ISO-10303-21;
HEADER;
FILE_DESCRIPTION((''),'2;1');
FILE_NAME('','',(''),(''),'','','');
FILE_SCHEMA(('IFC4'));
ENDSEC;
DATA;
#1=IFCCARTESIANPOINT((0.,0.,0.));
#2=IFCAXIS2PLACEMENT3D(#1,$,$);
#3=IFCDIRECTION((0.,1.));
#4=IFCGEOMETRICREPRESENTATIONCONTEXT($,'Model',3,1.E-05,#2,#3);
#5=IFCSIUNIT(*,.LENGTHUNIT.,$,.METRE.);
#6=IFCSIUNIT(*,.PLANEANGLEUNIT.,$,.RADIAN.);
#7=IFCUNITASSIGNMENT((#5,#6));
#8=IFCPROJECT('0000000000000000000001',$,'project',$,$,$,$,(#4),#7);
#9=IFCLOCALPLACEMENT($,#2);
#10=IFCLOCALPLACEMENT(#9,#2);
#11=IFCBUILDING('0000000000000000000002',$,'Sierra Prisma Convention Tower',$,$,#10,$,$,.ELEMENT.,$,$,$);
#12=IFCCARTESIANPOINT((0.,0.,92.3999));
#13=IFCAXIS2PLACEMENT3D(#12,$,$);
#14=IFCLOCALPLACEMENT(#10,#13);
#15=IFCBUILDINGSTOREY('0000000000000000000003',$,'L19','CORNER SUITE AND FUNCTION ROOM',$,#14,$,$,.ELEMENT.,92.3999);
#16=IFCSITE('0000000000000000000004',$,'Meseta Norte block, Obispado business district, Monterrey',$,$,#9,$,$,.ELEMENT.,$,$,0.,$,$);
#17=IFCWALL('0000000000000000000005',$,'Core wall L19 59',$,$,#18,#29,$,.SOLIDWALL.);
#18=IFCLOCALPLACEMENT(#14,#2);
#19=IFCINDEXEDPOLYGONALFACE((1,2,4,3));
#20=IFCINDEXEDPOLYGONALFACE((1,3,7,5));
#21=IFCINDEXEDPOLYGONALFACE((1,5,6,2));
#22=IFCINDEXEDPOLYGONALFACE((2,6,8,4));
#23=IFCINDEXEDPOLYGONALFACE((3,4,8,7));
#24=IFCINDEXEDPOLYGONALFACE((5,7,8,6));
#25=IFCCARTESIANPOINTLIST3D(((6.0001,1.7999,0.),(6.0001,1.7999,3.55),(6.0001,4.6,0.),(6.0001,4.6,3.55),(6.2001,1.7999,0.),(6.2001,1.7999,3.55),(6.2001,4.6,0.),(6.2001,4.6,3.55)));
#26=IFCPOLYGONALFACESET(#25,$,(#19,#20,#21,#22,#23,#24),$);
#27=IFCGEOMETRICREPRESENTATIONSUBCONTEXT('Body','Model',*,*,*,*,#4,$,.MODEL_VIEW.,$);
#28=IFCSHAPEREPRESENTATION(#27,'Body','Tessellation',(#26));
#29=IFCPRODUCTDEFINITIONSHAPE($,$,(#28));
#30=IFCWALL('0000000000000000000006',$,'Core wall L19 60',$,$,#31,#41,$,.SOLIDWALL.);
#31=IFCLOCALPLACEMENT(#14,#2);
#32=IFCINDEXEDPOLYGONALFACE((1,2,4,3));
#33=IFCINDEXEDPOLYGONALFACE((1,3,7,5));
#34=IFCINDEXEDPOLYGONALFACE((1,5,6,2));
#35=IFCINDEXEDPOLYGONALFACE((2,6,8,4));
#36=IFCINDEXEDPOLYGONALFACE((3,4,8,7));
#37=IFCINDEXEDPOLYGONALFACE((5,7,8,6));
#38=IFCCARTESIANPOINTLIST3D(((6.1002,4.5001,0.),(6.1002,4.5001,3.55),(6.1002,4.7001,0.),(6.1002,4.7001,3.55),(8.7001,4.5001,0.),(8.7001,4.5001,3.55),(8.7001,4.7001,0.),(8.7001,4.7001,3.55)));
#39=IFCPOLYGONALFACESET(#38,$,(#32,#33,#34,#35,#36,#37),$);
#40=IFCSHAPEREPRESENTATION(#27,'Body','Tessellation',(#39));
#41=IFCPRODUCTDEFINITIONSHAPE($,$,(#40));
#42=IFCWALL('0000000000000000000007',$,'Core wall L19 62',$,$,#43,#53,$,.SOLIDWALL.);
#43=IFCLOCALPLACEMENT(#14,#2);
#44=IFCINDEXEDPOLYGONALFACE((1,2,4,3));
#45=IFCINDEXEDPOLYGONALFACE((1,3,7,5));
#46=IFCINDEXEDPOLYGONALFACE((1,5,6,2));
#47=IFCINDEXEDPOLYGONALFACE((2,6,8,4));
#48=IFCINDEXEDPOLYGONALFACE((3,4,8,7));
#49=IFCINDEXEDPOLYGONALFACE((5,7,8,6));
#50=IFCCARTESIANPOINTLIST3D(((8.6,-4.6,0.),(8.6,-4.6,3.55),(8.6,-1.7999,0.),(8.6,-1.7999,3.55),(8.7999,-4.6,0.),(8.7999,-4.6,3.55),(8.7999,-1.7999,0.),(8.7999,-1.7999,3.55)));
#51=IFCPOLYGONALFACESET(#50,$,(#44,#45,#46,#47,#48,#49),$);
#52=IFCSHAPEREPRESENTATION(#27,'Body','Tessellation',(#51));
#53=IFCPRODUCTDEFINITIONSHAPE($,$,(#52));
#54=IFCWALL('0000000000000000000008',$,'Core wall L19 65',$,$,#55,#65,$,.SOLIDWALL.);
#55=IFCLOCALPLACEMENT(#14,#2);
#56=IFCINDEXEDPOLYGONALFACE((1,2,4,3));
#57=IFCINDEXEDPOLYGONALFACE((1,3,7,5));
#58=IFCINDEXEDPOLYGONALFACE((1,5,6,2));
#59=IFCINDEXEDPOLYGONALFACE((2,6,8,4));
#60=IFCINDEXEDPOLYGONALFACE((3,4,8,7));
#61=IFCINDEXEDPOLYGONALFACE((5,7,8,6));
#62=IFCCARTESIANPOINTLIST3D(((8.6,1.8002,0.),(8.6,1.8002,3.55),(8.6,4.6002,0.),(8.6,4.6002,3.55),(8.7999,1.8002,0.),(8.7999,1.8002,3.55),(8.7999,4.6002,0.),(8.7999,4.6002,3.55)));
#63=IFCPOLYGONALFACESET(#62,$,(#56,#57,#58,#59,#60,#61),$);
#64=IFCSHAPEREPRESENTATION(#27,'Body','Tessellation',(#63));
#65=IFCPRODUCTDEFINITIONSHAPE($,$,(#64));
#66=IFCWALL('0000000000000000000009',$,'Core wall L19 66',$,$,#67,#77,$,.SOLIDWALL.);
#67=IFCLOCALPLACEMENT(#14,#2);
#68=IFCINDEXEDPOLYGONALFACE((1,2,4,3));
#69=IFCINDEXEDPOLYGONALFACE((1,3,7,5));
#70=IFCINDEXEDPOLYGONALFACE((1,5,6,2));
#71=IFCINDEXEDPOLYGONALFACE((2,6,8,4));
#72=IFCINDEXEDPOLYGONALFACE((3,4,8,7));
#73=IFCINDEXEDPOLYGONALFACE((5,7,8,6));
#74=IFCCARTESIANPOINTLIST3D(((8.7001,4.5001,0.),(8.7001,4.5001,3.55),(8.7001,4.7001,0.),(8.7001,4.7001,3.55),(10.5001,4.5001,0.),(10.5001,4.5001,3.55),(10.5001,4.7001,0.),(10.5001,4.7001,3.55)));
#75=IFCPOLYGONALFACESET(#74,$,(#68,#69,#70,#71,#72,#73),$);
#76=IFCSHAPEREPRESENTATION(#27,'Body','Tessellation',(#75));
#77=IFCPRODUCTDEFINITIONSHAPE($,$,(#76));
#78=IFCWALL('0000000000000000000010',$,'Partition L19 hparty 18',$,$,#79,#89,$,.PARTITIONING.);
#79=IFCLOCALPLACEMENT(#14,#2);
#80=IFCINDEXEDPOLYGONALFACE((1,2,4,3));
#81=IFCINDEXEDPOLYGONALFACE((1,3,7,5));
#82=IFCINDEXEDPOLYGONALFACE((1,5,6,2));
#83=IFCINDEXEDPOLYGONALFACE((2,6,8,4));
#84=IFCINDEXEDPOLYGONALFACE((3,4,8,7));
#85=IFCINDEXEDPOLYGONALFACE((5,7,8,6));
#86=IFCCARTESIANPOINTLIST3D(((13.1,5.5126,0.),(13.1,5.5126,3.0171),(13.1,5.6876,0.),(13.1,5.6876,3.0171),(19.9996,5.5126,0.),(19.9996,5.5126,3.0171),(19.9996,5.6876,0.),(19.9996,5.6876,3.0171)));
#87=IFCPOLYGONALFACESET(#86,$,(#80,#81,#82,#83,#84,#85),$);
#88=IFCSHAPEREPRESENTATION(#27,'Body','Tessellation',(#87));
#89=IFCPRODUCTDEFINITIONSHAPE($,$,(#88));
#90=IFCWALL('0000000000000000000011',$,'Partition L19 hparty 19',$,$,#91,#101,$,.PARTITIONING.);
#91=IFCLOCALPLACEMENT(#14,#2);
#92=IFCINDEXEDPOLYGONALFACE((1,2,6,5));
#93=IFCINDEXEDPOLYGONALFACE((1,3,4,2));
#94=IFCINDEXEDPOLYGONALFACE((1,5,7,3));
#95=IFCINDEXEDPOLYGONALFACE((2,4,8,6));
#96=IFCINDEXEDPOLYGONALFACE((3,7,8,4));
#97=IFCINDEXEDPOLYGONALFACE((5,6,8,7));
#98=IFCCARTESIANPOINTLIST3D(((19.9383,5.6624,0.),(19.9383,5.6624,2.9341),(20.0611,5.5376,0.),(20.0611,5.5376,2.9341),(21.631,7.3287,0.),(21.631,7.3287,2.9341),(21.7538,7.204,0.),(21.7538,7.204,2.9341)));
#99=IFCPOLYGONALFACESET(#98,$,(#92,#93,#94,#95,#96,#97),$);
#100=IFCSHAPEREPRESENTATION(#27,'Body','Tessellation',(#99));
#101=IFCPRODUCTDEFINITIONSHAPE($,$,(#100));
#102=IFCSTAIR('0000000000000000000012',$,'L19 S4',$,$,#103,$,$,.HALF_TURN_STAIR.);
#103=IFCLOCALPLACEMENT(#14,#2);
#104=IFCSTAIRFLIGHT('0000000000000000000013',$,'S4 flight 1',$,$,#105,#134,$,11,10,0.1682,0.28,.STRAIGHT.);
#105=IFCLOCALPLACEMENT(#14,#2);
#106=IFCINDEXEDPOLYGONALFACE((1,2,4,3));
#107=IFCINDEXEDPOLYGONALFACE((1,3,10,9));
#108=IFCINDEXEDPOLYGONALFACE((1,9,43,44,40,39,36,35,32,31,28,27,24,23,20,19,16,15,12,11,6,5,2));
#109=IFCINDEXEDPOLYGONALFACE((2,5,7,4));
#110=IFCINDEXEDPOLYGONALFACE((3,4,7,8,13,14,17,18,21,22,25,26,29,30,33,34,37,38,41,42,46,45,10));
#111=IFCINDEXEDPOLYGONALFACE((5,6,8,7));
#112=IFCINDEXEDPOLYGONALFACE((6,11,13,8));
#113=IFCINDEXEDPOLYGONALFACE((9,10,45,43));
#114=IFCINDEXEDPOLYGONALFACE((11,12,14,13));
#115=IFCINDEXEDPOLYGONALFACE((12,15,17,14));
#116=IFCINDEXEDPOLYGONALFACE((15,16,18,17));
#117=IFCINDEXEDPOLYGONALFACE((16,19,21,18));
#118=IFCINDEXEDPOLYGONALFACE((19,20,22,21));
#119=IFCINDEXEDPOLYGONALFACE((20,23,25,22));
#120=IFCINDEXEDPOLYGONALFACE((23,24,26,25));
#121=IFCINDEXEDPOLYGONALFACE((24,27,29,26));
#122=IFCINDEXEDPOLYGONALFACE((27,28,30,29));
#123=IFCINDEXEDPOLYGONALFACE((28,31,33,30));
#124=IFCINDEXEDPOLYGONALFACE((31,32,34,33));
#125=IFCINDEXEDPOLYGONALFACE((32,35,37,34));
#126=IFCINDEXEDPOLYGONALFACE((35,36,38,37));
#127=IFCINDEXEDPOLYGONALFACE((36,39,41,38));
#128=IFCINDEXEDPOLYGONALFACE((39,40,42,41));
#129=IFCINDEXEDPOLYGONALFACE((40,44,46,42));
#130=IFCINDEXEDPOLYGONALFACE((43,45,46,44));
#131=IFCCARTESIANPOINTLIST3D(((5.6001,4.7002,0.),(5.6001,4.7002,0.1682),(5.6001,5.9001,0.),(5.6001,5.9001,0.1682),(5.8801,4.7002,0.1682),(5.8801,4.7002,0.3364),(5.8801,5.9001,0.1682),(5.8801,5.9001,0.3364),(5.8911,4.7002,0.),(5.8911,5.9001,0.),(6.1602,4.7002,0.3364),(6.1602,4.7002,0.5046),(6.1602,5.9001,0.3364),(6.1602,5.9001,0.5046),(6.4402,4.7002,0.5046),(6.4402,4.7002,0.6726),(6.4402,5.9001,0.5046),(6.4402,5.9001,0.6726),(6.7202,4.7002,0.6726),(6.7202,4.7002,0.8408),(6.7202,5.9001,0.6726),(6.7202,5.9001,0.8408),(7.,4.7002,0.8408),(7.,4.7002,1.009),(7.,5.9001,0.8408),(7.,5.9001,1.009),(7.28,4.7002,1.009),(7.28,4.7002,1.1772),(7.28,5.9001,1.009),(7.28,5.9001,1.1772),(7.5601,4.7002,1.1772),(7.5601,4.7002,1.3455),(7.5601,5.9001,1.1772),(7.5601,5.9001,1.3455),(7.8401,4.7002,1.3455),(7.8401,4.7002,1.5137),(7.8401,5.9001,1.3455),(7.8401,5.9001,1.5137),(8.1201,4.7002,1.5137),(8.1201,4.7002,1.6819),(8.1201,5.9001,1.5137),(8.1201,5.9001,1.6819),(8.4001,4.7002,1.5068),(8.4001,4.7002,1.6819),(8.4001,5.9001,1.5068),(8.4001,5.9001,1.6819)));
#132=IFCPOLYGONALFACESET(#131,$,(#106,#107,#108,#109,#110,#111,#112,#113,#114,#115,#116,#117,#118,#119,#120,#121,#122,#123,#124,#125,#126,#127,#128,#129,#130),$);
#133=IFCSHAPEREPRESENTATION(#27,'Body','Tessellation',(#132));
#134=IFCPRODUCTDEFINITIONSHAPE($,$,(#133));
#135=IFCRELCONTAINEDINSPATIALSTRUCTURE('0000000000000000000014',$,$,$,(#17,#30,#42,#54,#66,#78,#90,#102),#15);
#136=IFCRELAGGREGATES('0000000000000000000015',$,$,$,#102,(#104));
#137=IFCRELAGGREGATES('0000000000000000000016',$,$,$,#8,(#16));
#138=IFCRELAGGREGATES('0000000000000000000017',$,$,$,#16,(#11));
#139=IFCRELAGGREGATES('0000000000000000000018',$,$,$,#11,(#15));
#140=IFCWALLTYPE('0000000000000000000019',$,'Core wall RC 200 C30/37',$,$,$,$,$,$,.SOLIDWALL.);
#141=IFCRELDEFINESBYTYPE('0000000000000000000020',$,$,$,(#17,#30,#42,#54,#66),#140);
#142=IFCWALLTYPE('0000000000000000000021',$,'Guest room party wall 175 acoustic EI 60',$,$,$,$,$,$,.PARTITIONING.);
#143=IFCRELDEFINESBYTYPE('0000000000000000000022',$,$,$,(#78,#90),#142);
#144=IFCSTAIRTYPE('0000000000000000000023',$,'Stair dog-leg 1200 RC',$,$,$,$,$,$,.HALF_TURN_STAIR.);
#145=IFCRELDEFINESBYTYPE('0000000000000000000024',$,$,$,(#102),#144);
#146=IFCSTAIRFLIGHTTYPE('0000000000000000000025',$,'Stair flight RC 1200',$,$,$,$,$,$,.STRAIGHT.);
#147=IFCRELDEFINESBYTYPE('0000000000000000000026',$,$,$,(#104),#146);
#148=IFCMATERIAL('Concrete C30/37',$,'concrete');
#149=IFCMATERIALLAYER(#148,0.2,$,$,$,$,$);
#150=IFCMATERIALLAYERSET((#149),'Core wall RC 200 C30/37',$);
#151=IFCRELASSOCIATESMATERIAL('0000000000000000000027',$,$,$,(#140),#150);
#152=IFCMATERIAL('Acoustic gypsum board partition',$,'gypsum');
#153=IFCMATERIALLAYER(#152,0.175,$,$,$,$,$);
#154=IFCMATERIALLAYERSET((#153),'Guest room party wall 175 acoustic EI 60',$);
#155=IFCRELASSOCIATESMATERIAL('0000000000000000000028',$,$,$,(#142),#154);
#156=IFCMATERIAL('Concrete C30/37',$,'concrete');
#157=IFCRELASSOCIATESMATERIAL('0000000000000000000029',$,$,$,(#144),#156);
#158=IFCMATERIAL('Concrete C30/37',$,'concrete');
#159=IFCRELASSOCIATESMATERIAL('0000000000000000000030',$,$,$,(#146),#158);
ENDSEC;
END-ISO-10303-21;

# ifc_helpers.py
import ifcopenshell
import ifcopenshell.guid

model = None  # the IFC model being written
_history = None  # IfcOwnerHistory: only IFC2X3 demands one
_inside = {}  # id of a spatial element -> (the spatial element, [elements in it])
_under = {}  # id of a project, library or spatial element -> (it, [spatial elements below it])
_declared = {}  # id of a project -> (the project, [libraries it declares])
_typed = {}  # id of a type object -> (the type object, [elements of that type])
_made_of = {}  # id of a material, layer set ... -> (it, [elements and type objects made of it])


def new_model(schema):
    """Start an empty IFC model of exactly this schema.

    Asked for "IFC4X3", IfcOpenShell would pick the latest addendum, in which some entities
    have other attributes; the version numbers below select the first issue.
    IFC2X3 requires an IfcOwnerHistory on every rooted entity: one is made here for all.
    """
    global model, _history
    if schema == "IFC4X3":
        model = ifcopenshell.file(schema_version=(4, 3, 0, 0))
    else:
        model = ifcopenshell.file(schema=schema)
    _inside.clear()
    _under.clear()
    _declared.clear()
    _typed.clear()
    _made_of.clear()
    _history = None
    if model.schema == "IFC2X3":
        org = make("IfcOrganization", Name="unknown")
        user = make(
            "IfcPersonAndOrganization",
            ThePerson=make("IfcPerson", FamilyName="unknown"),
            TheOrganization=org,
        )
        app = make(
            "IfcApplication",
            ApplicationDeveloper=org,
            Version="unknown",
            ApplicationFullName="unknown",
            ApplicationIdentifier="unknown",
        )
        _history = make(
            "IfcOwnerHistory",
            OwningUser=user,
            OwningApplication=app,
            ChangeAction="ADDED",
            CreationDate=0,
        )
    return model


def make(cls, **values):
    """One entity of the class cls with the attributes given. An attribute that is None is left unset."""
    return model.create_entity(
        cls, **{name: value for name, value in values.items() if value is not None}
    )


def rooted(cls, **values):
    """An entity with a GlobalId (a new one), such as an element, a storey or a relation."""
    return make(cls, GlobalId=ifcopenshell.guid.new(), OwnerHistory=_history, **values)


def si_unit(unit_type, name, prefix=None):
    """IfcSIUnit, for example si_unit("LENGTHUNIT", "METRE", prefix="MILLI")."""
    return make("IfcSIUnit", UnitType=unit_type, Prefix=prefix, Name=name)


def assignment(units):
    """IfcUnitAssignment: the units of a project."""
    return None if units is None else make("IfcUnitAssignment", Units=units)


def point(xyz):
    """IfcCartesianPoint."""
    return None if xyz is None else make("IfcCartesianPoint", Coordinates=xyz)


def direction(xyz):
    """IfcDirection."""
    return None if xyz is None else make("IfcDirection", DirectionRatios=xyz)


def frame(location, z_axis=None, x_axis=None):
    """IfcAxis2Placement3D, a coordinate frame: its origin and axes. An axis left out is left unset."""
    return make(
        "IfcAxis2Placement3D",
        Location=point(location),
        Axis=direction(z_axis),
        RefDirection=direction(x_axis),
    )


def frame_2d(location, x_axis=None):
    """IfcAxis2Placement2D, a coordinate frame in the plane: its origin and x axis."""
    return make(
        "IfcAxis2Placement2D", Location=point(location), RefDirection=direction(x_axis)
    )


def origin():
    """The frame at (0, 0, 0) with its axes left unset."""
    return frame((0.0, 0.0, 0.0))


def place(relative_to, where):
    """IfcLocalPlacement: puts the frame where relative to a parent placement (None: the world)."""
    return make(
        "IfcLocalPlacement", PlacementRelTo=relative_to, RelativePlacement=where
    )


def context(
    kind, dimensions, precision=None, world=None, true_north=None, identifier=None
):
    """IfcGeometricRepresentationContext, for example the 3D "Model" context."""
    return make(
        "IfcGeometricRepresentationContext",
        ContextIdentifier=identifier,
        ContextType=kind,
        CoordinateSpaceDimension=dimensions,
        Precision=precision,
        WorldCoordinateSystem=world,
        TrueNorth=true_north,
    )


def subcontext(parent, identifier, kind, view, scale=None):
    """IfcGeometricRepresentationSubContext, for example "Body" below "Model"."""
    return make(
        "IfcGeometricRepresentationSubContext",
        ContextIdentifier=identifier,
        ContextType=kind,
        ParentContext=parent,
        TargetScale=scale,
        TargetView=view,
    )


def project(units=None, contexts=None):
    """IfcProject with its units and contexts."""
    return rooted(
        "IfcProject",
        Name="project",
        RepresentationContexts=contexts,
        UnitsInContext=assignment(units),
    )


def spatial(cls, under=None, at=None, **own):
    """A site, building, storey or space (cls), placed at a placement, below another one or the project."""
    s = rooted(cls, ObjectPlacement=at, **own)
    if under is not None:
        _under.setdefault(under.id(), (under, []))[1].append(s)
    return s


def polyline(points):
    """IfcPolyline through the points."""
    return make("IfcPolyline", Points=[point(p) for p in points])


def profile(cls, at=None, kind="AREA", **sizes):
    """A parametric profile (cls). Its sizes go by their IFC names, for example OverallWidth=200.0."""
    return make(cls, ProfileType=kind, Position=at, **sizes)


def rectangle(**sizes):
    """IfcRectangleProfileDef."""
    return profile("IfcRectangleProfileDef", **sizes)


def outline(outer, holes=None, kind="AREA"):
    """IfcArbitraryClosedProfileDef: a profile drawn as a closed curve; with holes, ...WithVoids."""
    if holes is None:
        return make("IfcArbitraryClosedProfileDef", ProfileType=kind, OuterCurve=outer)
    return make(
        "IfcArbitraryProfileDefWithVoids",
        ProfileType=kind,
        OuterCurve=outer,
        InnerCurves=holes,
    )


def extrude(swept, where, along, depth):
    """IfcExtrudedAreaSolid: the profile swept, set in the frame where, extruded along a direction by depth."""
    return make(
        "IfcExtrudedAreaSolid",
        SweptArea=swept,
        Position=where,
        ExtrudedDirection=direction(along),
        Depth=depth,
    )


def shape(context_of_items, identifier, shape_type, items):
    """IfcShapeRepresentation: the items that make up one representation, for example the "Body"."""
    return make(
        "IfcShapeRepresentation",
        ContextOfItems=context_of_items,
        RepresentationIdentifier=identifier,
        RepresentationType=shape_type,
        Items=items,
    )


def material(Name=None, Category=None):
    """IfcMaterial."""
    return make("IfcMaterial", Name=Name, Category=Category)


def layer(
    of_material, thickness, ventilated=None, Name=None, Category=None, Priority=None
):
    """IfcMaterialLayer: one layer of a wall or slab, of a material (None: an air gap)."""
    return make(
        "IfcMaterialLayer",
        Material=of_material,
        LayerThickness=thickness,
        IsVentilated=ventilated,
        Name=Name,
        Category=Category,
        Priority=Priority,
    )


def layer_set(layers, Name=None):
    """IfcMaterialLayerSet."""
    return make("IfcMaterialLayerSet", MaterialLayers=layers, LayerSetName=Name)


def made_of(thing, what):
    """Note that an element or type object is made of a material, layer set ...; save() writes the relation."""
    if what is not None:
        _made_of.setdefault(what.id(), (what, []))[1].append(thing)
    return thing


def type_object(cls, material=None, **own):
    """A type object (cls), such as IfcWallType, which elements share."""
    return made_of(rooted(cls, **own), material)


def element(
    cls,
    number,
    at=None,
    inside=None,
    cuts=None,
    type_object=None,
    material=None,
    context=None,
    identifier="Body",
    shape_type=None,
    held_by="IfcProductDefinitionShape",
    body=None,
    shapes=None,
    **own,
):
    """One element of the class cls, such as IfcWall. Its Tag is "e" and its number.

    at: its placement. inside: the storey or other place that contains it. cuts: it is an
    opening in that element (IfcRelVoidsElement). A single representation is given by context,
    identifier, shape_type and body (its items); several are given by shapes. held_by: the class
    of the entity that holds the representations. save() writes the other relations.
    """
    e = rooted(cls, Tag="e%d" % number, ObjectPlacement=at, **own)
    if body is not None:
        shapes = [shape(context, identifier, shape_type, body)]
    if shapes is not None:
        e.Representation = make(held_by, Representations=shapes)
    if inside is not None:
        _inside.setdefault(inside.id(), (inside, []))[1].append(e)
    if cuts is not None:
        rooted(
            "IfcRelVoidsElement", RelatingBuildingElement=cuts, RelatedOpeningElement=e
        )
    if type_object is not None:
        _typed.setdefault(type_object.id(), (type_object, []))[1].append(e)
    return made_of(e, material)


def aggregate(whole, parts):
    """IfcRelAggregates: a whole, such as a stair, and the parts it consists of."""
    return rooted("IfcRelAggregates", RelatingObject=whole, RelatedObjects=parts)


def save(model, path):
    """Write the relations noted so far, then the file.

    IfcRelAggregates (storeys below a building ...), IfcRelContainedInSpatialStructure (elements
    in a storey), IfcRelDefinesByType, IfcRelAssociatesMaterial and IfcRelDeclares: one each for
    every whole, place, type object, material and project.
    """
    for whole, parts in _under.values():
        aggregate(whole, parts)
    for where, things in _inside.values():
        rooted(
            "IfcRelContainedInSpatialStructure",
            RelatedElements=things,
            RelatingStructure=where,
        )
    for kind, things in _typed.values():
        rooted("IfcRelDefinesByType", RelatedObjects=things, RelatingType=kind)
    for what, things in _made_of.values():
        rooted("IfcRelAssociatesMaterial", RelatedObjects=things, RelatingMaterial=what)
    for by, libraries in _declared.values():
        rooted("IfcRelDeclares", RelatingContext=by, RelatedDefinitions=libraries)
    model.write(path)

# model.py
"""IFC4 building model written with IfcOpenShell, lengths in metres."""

from ifc_helpers import new_model, si_unit, direction, frame, frame_2d, origin, place, context, subcontext, project, spatial, polyline, rectangle, outline, extrude, material, layer, layer_set, type_object, element, aggregate, save


model = new_model("IFC4")

# Units and contexts
model_context = context("Model", 3, precision=1e-05, world=origin(), true_north=direction((0.0, 1.0)))
body_context = subcontext(model_context, "Body", "Model", "MODEL_VIEW")
ifc_project = project(units=[si_unit("LENGTHUNIT", "METRE"), si_unit("PLANEANGLEUNIT", "RADIAN")], contexts=[model_context])

# Site, building, storey
site_placement = place(None, origin())
site = spatial("IfcSite", under=ifc_project, at=site_placement, Name="Meseta Norte block, Obispado business district, Monterrey", CompositionType="ELEMENT", RefElevation=0.0)
building_placement = place(site_placement, origin())
building = spatial("IfcBuilding", under=site, at=building_placement, Name="Sierra Prisma Convention Tower", CompositionType="ELEMENT")
storey_placement = place(building_placement, frame((0.0, 0.0, 92.3999)))
storey = spatial("IfcBuildingStorey", under=building, at=storey_placement, Name="L19", Description="CORNER SUITE AND FUNCTION ROOM", CompositionType="ELEMENT", Elevation=92.3999)

# Shared definitions
ifc_material_1 = material(Name="Concrete C30/37", Category="concrete")
ifc_layer_1 = layer(ifc_material_1, 0.2)
ifc_layer_set_1 = layer_set([ifc_layer_1], Name="Core wall RC 200 C30/37")
wall_type_1 = type_object("IfcWallType", Name="Core wall RC 200 C30/37", PredefinedType="SOLIDWALL", material=ifc_layer_set_1)

# Walls
wall_1_placement = place(storey_placement, frame((6.1001, 1.8, 0.0), z_axis=(0.0, 0.0, 1.0), x_axis=(0.0, 1.0, 0.0)))
element("IfcWall", 1, at=wall_1_placement, inside=storey, type_object=wall_type_1, Name="Core wall L19 59", PredefinedType="SOLIDWALL", context=body_context, shape_type="SweptSolid", body=[
    extrude(rectangle(XDim=2.8, YDim=0.2, at=frame_2d((1.3999, 0.0))), origin(), (0.0, 0.0, 1.0), 3.55),
])
wall_2_placement = place(storey_placement, frame((8.7, 4.6001, 0.0), z_axis=(0.0, 0.0, 1.0), x_axis=(-1.0, 0.0, 0.0)))
element("IfcWall", 2, at=wall_2_placement, inside=storey, type_object=wall_type_1, Name="Core wall L19 60", PredefinedType="SOLIDWALL", context=body_context, shape_type="SweptSolid", body=[
    extrude(rectangle(XDim=2.5999, YDim=0.2, at=frame_2d((1.2998, 0.0))), origin(), (0.0, 0.0, 1.0), 3.55),
])
wall_3_placement = place(storey_placement, frame((8.7, -1.8, 0.0), z_axis=(0.0, 0.0, 1.0), x_axis=(0.0, -1.0, 0.0)))
element("IfcWall", 3, at=wall_3_placement, inside=storey, type_object=wall_type_1, Name="Core wall L19 62", PredefinedType="SOLIDWALL", context=body_context, shape_type="SweptSolid", body=[
    extrude(rectangle(XDim=2.8, YDim=0.2, at=frame_2d((1.3999, 0.0))), origin(), (0.0, 0.0, 1.0), 3.55),
])

# Walls
wall_4_placement = place(storey_placement, frame((8.7, 4.6001, 0.0), z_axis=(0.0, 0.0, 1.0), x_axis=(0.0, -1.0, 0.0)))
element("IfcWall", 4, at=wall_4_placement, inside=storey, type_object=wall_type_1, Name="Core wall L19 65", PredefinedType="SOLIDWALL", context=body_context, shape_type="SweptSolid", body=[
    extrude(rectangle(XDim=2.8, YDim=0.2, at=frame_2d((1.3999, 0.0))), origin(), (0.0, 0.0, 1.0), 3.55),
])
wall_5_placement = place(storey_placement, frame((10.5, 4.6001, 0.0), z_axis=(0.0, 0.0, 1.0), x_axis=(-1.0, 0.0, 0.0)))
element("IfcWall", 5, at=wall_5_placement, inside=storey, type_object=wall_type_1, Name="Core wall L19 66", PredefinedType="SOLIDWALL", context=body_context, shape_type="SweptSolid", body=[
    extrude(rectangle(XDim=1.8, YDim=0.2, at=frame_2d((0.8999, 0.0))), origin(), (0.0, 0.0, 1.0), 3.55),
])
ifc_material_2 = material(Name="Acoustic gypsum board partition", Category="gypsum")
ifc_layer_2 = layer(ifc_material_2, 0.175)
ifc_layer_set_2 = layer_set([ifc_layer_2], Name="Guest room party wall 175 acoustic EI 60")
wall_type_2 = type_object("IfcWallType", Name="Guest room party wall 175 acoustic EI 60", PredefinedType="PARTITIONING", material=ifc_layer_set_2)
wall_6_placement = place(storey_placement, frame((13.1001, 5.6001, 0.0), z_axis=(0.0, 0.0, 1.0), x_axis=(1.0, 0.0, 0.0)))
element("IfcWall", 6, at=wall_6_placement, inside=storey, type_object=wall_type_2, Name="Partition L19 hparty 18", PredefinedType="PARTITIONING", context=body_context, shape_type="SweptSolid", body=[
    extrude(rectangle(XDim=6.8997, YDim=0.175, at=frame_2d((3.4497, 0.0))), origin(), (0.0, 0.0, 1.0), 3.0171),
])
wall_7_placement = place(storey_placement, frame((19.9998, 5.6001, 0.0), z_axis=(0.0, 0.0, 1.0), x_axis=(0.712636, 0.701534, 0.0)))
element("IfcWall", 7, at=wall_7_placement, inside=storey, type_object=wall_type_2, Name="Partition L19 hparty 19", PredefinedType="PARTITIONING", context=body_context, shape_type="SweptSolid", body=[
    extrude(rectangle(XDim=2.3752, YDim=0.175, at=frame_2d((1.1875, 0.0))), origin(), (0.0, 0.0, 1.0), 2.9341),
])

# Stair, stair flight
ifc_material_3 = material(Name="Concrete C30/37", Category="concrete")
stair_type = type_object("IfcStairType", Name="Stair dog-leg 1200 RC", PredefinedType="HALF_TURN_STAIR", material=ifc_material_3)
stair_placement = place(storey_placement, origin())
stair = element("IfcStair", 8, at=stair_placement, inside=storey, type_object=stair_type, Name="L19 S4", PredefinedType="HALF_TURN_STAIR")
ifc_material_4 = material(Name="Concrete C30/37", Category="concrete")
stair_flight_type = type_object("IfcStairFlightType", Name="Stair flight RC 1200", PredefinedType="STRAIGHT", material=ifc_material_4)
stair_flight_placement = place(storey_placement, frame((5.6001, 5.3, 0.0), z_axis=(0.0, 0.0, 1.0), x_axis=(1.0, 0.0, 0.0)))
stair_flight = element("IfcStairFlight", 9, at=stair_flight_placement, type_object=stair_flight_type, Name="S4 flight 1", NumberOfRisers=11, NumberOfTreads=10, PredefinedType="STRAIGHT", RiserHeight=0.1682, TreadLength=0.28, context=body_context, shape_type="SweptSolid", body=[
    extrude(outline(polyline([(0.0, 0.0), (0.0, 0.1682), (0.28, 0.1682), (0.28, 0.3364), (0.5601, 0.3364), (0.5601, 0.5046), (0.8401, 0.5046), (0.8401, 0.6726), (1.1201, 0.6726), (1.1201, 0.8408), (1.3999, 0.8408), (1.3999, 1.009), (1.6799, 1.009), (1.6799, 1.1772), (1.96, 1.1772), (1.96, 1.3455), (2.24, 1.3455), (2.24, 1.5137), (2.52, 1.5137), (2.52, 1.6819), (2.8, 1.6819), (2.8, 1.8501), (2.8, 1.5068), (0.291, 0.0), (0.0, 0.0)])), frame((0.0, 0.6001, 0.0), z_axis=(0.0, -1.0, 0.0), x_axis=(1.0, 0.0, 0.0)), (0.0, 0.0, 1.0), 1.2),
])
aggregate(stair, [stair_flight])

save(model, "model.ifc")
